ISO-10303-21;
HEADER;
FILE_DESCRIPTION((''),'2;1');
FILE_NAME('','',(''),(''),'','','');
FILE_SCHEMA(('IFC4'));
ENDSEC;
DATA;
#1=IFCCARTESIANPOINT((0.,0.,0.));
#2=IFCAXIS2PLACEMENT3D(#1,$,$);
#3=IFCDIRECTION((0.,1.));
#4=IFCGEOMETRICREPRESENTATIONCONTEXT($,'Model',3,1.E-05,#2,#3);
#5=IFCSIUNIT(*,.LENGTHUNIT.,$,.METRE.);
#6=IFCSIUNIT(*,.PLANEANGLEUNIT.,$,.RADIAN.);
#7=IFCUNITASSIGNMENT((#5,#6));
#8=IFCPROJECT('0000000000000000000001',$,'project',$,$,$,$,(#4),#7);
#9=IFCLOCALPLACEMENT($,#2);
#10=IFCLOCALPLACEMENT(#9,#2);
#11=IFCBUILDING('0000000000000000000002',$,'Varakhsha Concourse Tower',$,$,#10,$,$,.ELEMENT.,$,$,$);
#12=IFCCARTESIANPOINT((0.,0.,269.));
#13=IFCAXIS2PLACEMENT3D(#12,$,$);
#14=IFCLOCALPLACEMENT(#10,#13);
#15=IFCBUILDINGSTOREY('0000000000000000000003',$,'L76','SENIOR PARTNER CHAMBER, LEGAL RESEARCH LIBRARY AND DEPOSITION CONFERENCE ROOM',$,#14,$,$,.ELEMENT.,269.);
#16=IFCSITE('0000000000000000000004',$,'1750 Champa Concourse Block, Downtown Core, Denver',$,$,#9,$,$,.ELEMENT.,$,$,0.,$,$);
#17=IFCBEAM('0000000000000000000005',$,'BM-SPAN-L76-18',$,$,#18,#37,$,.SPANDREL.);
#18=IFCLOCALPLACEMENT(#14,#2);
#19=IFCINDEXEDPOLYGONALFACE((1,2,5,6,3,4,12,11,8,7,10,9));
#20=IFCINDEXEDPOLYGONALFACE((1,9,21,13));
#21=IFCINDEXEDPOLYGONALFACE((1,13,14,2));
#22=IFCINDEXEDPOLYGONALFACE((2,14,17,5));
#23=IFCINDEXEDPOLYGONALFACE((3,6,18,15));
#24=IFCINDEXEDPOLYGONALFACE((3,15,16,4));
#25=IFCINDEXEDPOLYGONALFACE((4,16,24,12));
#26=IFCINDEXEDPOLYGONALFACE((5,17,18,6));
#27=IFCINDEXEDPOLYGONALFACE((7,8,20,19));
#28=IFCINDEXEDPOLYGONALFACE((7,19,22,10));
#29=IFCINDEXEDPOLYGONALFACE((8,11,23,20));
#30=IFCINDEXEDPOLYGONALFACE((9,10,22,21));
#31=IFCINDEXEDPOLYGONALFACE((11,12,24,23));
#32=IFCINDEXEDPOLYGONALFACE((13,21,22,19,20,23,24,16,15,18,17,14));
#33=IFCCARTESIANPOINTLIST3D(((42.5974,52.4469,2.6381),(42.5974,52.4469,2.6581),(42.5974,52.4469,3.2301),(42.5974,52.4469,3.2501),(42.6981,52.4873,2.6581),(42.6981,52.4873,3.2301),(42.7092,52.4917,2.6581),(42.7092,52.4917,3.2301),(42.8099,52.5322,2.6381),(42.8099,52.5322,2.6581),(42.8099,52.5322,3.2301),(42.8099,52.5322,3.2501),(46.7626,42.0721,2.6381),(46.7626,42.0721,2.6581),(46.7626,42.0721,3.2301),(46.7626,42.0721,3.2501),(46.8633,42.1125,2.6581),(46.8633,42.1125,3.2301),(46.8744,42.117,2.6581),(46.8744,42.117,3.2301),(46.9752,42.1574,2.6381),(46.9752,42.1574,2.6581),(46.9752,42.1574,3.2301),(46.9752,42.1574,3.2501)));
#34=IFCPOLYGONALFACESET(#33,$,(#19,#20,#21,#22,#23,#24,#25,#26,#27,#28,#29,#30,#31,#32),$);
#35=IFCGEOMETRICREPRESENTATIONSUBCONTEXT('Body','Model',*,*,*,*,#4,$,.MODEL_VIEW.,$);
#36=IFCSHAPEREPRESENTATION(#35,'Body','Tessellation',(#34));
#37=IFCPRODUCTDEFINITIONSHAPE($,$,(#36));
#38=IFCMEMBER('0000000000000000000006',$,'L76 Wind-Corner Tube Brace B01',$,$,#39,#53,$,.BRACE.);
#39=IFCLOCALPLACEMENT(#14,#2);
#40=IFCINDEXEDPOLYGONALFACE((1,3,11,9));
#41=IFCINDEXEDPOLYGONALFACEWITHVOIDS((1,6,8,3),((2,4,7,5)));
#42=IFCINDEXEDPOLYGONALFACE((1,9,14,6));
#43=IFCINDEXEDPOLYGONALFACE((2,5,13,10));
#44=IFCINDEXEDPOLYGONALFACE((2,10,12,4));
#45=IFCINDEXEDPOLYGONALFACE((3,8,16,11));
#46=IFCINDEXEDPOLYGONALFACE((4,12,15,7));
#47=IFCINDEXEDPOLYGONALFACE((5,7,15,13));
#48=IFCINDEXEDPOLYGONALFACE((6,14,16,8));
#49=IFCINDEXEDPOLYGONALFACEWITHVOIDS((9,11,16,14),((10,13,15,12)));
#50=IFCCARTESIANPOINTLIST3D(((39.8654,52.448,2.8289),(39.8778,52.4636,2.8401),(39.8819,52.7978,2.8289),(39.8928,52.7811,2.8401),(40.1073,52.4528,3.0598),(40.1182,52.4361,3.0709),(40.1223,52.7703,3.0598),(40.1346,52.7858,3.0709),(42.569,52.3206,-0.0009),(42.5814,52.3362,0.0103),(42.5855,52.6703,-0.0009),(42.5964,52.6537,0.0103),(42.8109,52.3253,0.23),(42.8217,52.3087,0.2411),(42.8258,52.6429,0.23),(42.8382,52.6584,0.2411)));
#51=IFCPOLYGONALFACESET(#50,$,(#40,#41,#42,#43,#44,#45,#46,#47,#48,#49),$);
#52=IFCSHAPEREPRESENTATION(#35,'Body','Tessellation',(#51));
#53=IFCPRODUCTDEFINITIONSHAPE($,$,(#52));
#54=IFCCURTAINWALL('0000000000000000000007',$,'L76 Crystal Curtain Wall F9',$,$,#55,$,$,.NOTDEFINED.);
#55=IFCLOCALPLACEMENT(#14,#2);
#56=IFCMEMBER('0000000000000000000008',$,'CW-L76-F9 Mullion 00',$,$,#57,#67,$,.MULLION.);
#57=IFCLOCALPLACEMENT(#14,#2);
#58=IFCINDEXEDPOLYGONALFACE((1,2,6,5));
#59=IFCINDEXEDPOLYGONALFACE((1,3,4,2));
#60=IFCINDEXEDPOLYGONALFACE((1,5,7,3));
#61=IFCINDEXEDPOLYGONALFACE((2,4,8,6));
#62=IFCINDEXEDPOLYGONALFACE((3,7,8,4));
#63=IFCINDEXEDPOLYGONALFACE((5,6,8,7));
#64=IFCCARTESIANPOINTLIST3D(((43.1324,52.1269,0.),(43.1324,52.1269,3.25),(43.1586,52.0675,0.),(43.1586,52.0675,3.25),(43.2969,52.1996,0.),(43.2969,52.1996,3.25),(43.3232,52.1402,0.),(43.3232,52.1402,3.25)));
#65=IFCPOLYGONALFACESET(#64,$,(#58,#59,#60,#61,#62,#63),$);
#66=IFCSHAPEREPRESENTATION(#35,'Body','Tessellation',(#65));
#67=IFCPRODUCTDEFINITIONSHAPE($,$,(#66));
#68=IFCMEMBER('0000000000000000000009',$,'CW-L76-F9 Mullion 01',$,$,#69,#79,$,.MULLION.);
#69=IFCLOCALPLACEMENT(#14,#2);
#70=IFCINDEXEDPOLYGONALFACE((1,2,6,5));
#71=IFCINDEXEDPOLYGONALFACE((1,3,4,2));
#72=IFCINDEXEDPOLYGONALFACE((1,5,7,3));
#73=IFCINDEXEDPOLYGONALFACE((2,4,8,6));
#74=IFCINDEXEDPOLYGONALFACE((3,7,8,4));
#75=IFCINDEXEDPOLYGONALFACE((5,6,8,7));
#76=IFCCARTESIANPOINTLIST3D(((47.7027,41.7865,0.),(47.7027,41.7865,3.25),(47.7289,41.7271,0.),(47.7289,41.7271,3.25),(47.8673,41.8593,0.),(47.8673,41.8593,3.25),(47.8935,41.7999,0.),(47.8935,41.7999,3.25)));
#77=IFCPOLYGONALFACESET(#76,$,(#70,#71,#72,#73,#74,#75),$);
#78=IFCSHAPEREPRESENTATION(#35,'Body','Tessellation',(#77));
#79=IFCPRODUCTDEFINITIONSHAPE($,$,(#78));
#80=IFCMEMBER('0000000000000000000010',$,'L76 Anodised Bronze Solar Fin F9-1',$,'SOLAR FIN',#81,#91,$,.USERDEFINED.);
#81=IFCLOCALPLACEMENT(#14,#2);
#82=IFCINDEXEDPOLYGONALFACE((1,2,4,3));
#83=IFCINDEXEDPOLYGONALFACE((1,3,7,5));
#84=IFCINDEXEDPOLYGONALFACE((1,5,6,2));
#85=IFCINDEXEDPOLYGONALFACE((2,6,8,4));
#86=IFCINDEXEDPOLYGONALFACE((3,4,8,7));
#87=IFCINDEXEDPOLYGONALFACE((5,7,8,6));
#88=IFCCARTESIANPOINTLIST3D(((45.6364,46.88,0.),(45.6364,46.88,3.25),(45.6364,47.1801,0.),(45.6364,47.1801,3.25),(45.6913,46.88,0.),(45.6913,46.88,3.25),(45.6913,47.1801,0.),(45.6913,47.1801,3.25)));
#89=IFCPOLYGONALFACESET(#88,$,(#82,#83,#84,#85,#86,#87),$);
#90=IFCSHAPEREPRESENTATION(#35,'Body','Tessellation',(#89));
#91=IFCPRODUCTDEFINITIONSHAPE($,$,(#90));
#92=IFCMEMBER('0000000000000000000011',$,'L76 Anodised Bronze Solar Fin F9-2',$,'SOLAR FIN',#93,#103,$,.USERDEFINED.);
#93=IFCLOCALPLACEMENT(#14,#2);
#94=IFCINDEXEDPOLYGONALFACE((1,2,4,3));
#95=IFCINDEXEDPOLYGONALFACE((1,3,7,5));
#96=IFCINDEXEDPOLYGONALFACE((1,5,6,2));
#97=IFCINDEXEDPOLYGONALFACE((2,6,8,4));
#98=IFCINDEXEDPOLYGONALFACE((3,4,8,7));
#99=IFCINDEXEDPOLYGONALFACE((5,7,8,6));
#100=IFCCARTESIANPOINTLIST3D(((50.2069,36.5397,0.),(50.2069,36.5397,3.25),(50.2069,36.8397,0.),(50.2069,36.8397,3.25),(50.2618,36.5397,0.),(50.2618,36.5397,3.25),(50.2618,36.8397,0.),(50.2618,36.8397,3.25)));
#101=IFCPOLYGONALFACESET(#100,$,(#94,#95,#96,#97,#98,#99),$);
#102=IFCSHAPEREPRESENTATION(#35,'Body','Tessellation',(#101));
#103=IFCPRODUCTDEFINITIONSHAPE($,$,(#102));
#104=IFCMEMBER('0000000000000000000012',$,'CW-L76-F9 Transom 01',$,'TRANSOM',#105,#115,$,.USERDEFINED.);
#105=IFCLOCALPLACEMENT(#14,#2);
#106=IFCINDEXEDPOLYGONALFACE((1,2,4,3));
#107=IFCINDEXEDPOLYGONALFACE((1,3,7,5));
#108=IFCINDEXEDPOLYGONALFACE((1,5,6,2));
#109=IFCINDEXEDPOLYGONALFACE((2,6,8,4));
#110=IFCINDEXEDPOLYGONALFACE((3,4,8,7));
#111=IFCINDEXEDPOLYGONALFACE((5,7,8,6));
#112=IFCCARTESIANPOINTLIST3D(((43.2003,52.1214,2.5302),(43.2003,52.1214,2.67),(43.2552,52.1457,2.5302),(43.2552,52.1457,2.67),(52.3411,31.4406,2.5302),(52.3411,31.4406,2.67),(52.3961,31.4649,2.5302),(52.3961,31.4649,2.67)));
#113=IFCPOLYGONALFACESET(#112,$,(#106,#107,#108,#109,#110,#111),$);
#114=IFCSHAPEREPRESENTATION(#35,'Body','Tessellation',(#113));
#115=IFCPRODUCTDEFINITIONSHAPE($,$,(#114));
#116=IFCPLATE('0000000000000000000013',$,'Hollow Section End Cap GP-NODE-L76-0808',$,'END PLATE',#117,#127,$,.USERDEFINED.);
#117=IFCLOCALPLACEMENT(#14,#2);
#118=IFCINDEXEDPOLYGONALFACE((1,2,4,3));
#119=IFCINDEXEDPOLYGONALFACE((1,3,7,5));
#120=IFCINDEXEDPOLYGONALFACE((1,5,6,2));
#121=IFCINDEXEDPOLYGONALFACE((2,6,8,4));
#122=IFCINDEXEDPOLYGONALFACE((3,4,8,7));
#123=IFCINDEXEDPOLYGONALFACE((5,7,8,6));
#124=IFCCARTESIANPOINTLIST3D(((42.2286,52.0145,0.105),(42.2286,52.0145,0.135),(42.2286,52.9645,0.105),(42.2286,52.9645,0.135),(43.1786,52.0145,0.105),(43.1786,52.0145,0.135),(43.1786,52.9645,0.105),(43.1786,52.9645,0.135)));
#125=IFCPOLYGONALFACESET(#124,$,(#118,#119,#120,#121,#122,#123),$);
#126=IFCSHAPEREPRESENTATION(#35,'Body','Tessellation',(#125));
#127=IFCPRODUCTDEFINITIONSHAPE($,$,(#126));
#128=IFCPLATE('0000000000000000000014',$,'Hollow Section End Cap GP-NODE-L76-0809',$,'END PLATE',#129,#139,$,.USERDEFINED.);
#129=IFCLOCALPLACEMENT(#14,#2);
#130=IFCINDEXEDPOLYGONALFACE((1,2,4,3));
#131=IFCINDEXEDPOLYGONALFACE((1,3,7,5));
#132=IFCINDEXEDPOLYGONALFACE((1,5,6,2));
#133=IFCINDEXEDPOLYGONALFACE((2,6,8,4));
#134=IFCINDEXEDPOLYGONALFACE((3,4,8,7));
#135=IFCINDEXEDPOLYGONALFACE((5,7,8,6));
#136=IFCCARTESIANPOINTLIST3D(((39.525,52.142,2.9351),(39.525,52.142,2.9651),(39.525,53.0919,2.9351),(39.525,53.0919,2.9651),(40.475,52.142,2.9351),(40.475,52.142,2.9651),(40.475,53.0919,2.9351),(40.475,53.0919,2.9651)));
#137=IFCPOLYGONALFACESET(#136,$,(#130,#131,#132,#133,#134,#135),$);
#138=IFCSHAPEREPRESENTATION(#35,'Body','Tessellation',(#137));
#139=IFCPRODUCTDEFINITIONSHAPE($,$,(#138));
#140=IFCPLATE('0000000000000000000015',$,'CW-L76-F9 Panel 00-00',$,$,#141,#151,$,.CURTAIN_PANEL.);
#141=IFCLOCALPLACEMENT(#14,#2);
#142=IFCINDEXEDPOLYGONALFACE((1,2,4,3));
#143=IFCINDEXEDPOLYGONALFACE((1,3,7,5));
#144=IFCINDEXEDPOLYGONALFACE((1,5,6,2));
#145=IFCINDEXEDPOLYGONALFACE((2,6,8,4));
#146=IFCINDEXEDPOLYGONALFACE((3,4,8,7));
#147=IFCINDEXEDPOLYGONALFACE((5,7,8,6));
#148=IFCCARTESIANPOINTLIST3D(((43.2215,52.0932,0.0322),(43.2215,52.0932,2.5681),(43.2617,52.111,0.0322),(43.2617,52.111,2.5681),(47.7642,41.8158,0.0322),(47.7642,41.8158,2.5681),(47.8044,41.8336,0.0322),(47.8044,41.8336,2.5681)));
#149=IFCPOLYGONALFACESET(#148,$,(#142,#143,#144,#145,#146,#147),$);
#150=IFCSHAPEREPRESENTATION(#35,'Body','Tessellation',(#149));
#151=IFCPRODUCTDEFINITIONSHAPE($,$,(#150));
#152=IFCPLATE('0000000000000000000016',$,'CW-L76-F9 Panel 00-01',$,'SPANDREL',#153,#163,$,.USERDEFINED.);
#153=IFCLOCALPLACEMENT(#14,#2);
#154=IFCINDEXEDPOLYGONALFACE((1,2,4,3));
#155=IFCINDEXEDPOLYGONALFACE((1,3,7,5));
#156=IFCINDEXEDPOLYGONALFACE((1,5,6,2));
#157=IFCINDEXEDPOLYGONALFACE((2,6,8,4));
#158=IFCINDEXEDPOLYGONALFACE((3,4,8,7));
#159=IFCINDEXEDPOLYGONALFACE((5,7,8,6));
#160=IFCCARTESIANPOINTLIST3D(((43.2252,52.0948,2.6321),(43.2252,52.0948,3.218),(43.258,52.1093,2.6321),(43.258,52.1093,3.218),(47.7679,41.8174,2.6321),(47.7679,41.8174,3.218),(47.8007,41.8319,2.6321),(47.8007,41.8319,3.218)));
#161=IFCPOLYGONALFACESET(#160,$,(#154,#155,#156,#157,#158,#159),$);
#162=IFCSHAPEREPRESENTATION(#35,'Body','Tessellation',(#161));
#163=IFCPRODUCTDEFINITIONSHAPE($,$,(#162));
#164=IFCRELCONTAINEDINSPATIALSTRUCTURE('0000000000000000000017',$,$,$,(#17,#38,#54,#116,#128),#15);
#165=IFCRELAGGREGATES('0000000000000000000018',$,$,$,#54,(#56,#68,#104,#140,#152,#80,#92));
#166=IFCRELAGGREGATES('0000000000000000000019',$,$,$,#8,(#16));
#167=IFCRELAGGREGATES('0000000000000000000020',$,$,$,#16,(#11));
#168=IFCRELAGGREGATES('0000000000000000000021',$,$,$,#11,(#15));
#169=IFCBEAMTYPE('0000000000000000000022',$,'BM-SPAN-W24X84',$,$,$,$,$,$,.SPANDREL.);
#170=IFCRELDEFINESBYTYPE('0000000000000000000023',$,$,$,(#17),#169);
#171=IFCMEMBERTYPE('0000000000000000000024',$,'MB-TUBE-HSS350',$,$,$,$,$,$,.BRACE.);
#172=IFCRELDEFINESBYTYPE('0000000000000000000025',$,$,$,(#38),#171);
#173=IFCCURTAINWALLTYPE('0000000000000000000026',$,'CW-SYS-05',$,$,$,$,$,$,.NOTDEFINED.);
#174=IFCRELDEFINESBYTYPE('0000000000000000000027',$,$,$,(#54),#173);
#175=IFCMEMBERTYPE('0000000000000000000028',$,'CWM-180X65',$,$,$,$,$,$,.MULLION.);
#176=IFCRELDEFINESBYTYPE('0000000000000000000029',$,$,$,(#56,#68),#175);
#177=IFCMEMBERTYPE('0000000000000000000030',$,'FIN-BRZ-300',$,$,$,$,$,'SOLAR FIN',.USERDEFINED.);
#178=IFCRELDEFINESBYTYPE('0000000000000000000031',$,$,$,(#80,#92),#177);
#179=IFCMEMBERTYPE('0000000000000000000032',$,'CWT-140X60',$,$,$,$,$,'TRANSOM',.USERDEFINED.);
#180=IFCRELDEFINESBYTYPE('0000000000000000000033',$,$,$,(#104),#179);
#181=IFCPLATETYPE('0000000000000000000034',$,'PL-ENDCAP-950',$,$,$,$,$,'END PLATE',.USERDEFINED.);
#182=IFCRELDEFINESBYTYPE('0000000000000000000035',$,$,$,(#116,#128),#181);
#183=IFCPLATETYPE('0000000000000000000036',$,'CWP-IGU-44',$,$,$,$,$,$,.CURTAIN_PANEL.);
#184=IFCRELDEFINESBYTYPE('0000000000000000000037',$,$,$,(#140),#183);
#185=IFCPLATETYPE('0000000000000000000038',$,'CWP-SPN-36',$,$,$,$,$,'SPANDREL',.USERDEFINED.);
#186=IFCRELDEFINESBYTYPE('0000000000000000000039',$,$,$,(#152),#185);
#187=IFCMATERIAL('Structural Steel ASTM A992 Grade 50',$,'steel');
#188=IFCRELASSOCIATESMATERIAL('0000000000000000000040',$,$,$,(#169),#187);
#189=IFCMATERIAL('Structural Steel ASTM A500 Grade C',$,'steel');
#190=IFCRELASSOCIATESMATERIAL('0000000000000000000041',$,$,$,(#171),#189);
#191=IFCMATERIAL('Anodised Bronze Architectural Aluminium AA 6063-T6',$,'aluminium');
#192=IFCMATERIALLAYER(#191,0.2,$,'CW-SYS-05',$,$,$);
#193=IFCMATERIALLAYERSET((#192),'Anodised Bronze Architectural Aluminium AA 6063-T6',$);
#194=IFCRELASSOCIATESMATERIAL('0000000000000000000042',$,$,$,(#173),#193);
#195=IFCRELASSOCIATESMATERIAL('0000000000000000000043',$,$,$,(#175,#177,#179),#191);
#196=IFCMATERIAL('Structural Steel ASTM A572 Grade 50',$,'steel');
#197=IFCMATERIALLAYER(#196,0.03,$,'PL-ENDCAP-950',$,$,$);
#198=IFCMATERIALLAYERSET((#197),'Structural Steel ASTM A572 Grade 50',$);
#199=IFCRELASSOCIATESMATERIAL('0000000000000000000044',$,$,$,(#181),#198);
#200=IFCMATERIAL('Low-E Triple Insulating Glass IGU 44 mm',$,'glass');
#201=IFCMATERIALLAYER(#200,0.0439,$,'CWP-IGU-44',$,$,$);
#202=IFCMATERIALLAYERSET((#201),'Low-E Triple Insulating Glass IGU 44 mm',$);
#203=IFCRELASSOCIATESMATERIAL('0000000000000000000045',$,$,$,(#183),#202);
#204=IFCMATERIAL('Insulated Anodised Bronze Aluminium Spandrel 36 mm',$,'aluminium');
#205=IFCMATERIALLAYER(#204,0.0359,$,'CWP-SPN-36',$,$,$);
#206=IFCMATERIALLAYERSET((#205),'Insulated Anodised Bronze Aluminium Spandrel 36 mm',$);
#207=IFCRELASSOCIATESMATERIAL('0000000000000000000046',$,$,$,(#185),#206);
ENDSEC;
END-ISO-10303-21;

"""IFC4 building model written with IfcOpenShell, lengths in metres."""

from ifc_helpers import new_model, si_unit, direction, frame, origin, origin_2d, place, context, subcontext, project, spatial, rectangle, hollow_rectangle, i_section, extrude, source, transform, mapped, material, layer, layer_set, material_profile, profile_set, type_object, type_shapes, element, aggregate, save


model = new_model("IFC4")

# Units and contexts
model_context = context("Model", 3, precision=1e-05, world=origin(), true_north=direction((0.0, 1.0)))
body_context = subcontext(model_context, "Body", "Model", "MODEL_VIEW")
ifc_project = project(units=[si_unit("LENGTHUNIT", "METRE"), si_unit("PLANEANGLEUNIT", "RADIAN")], contexts=[model_context])

# Site, building, storey
site_placement = place(None, origin())
site = spatial("IfcSite", under=ifc_project, at=site_placement, Name="1750 Champa Concourse Block, Downtown Core, Denver", CompositionType="ELEMENT", RefElevation=0.0)
building_placement = place(site_placement, origin())
building = spatial("IfcBuilding", under=site, at=building_placement, Name="Varakhsha Concourse Tower", CompositionType="ELEMENT")
storey_placement = place(building_placement, frame((0.0, 0.0, 269.0)))
storey = spatial("IfcBuildingStorey", under=building, at=storey_placement, Name="L76", Description="SENIOR PARTNER CHAMBER, LEGAL RESEARCH LIBRARY AND DEPOSITION CONFERENCE ROOM", CompositionType="ELEMENT", Elevation=269.0)

# Shared definitions
ifc_material_1 = material(Name="Structural Steel ASTM A992 Grade 50", Category="steel")
ifc_material_2 = material(Name="Structural Steel ASTM A572 Grade 50", Category="steel")

# Beam
ifc_material_profile_1 = material_profile(ifc_material_1, i_section(OverallWidth=0.229, OverallDepth=0.6121, WebThickness=0.012, FlangeThickness=0.02, at=origin_2d()), Name="W24X84")
ifc_profile_set_1 = profile_set([ifc_material_profile_1], Name="Structural Steel ASTM A992 Grade 50")
beam_type_1 = type_object("IfcBeamType", Name="BM-SPAN-W24X84", PredefinedType="SPANDREL", material=ifc_profile_set_1)
beam_1_placement = place(storey_placement, frame((46.8689, 42.1147, 2.9441), z_axis=(-0.372576, 0.928002, 0.0), x_axis=(-0.928002, -0.372576, 0.0)))
element("IfcBeam", 1, at=beam_1_placement, inside=storey, type_object=beam_type_1, Name="BM-SPAN-L76-18", PredefinedType="SPANDREL", context=body_context, shape_type="SweptSolid", body=[
    extrude(i_section(OverallWidth=0.229, OverallDepth=0.6121, WebThickness=0.012, FlangeThickness=0.02, at=origin_2d()), origin(), (0.0, 0.0, 1.0), 11.1797),
])

# Member
ifc_material_3 = material(Name="Structural Steel ASTM A500 Grade C", Category="steel")
ifc_material_profile_2 = material_profile(ifc_material_3, hollow_rectangle(XDim=0.3501, YDim=0.3501, WallThickness=0.0161, at=origin_2d()), Name="HSS 350x350x16")
ifc_profile_set_2 = profile_set([ifc_material_profile_2], Name="Structural Steel ASTM A500 Grade C")
member_type_1 = type_object("IfcMemberType", Name="MB-TUBE-HSS350", PredefinedType="BRACE", material=ifc_profile_set_2)
shared_shape_1 = source(origin(), body_context, "Body", "SweptSolid", [
    extrude(hollow_rectangle(XDim=0.3501, YDim=0.3501, WallThickness=0.0161, at=origin_2d()), origin(), (0.0, 0.0, 1.0), 3.9158),
])
type_shapes(member_type_1, [shared_shape_1])
member_1_placement = place(storey_placement, frame((42.7036, 52.4895, 0.1201), z_axis=(-0.690432, 0.032545, 0.722665), x_axis=(-0.047085, -0.998891, 0.0)))
element("IfcMember", 2, at=member_1_placement, inside=storey, type_object=member_type_1, Name="L76 Wind-Corner Tube Brace B01", PredefinedType="BRACE", context=body_context, shape_type="MappedRepresentation", body=[
    mapped(shared_shape_1, transform((0.0, 0.0, 0.0), scale=1.0)),
])

# Curtain wall, members
ifc_material_4 = material(Name="Anodised Bronze Architectural Aluminium AA 6063-T6", Category="aluminium")
ifc_layer_1 = layer(ifc_material_4, 0.2, Name="CW-SYS-05")
ifc_layer_set_1 = layer_set([ifc_layer_1], Name="Anodised Bronze Architectural Aluminium AA 6063-T6")
curtain_wall_type = type_object("IfcCurtainWallType", Name="CW-SYS-05", PredefinedType="NOTDEFINED", material=ifc_layer_set_1)
curtain_wall_placement = place(storey_placement, origin())
curtain_wall = element("IfcCurtainWall", 3, at=curtain_wall_placement, inside=storey, type_object=curtain_wall_type, Name="L76 Crystal Curtain Wall F9", PredefinedType="NOTDEFINED")
ifc_material_profile_3 = material_profile(ifc_material_4, rectangle(XDim=0.0649, YDim=0.1799, at=origin_2d()), Name="CWM-180X65")
ifc_profile_set_3 = profile_set([ifc_material_profile_3], Name="Anodised Bronze Architectural Aluminium AA 6063-T6")
member_type_2 = type_object("IfcMemberType", Name="CWM-180X65", PredefinedType="MULLION", material=ifc_profile_set_3)
shared_shape_2 = source(origin(), body_context, "Body", "SweptSolid", [
    extrude(rectangle(XDim=0.0649, YDim=0.1799, at=origin_2d()), origin(), (0.0, 0.0, 1.0), 3.25),
])
type_shapes(member_type_2, [shared_shape_2])
member_2_placement = place(storey_placement, frame((43.2278, 52.1335, 0.0), z_axis=(0.0, 0.0, 1.0), x_axis=(0.404273, -0.914638, 0.0)))
member_2 = element("IfcMember", 4, at=member_2_placement, type_object=member_type_2, Name="CW-L76-F9 Mullion 00", PredefinedType="MULLION", context=body_context, shape_type="MappedRepresentation", body=[
    mapped(shared_shape_2, transform((0.0, 0.0, 0.0), scale=1.0)),
])
member_3_placement = place(storey_placement, frame((47.7981, 41.7932, 0.0), z_axis=(0.0, 0.0, 1.0), x_axis=(0.404273, -0.914638, 0.0)))
member_3 = element("IfcMember", 5, at=member_3_placement, type_object=member_type_2, Name="CW-L76-F9 Mullion 01", PredefinedType="MULLION", context=body_context, shape_type="MappedRepresentation", body=[
    mapped(shared_shape_2, transform((0.0, 0.0, 0.0), scale=1.0)),
])
ifc_material_profile_4 = material_profile(ifc_material_4, rectangle(XDim=0.0549, YDim=0.3, at=origin_2d()), Name="FIN-BRZ-300")
ifc_profile_set_4 = profile_set([ifc_material_profile_4], Name="Anodised Bronze Architectural Aluminium AA 6063-T6")
member_type_3 = type_object("IfcMemberType", Name="FIN-BRZ-300", ElementType="SOLAR FIN", PredefinedType="USERDEFINED", material=ifc_profile_set_4)
shared_shape_3 = source(origin(), body_context, "Body", "SweptSolid", [
    extrude(rectangle(XDim=0.0549, YDim=0.3, at=origin_2d()), origin(), (0.0, 0.0, 1.0), 3.25),
])
type_shapes(member_type_3, [shared_shape_3])
member_4_placement = place(storey_placement, frame((45.6638, 47.03, 0.0), z_axis=(0.0, 0.0, 1.0), x_axis=(1.0, 0.0, 0.0)))
member_4 = element("IfcMember", 6, at=member_4_placement, type_object=member_type_3, Name="L76 Anodised Bronze Solar Fin F9-1", ObjectType="SOLAR FIN", PredefinedType="USERDEFINED", context=body_context, shape_type="MappedRepresentation", body=[
    mapped(shared_shape_3, transform((0.0, 0.0, 0.0), scale=1.0)),
])
member_5_placement = place(storey_placement, frame((50.2344, 36.6897, 0.0), z_axis=(0.0, 0.0, 1.0), x_axis=(1.0, 0.0, 0.0)))
member_5 = element("IfcMember", 7, at=member_5_placement, type_object=member_type_3, Name="L76 Anodised Bronze Solar Fin F9-2", ObjectType="SOLAR FIN", PredefinedType="USERDEFINED", context=body_context, shape_type="MappedRepresentation", body=[
    mapped(shared_shape_3, transform((0.0, 0.0, 0.0), scale=1.0)),
])
ifc_material_profile_5 = material_profile(ifc_material_4, rectangle(XDim=0.0601, YDim=0.1399, at=origin_2d()), Name="CWT-140X60")
ifc_profile_set_5 = profile_set([ifc_material_profile_5], Name="Anodised Bronze Architectural Aluminium AA 6063-T6")
member_type_4 = type_object("IfcMemberType", Name="CWT-140X60", ElementType="TRANSOM", PredefinedType="USERDEFINED", material=ifc_profile_set_5)
shared_shape_4 = source(origin(), body_context, "Body", "SweptSolid", [
    extrude(rectangle(XDim=0.0601, YDim=0.1399, at=origin_2d()), origin(), (0.0, 0.0, 1.0), 22.6108),
])
type_shapes(member_type_4, [shared_shape_4])
member_6_placement = place(storey_placement, frame((43.2278, 52.1335, 2.6001), z_axis=(0.404267, -0.914641, 0.0), x_axis=(0.914641, 0.404267, 0.0)))
member_6 = element("IfcMember", 8, at=member_6_placement, type_object=member_type_4, Name="CW-L76-F9 Transom 01", ObjectType="TRANSOM", PredefinedType="USERDEFINED", context=body_context, shape_type="MappedRepresentation", body=[
    mapped(shared_shape_4, transform((0.0, 0.0, 0.0), scale=1.0)),
])

# Plates
ifc_layer_2 = layer(ifc_material_2, 0.03, Name="PL-ENDCAP-950")
ifc_layer_set_2 = layer_set([ifc_layer_2], Name="Structural Steel ASTM A572 Grade 50")
plate_type_1 = type_object("IfcPlateType", Name="PL-ENDCAP-950", ElementType="END PLATE", PredefinedType="USERDEFINED", material=ifc_layer_set_2)
shared_shape_5 = source(origin(), body_context, "Body", "SweptSolid", [
    extrude(rectangle(XDim=0.95, YDim=0.95, at=origin_2d()), origin(), (0.0, 0.0, 1.0), 0.03),
])
type_shapes(plate_type_1, [shared_shape_5])
for number, where, z_axis, x_axis, name in (
    (9, (42.7036, 52.4895, 0.105), (0.0, 0.0, 1.0), (1.0, 0.0, 0.0), "Hollow Section End Cap GP-NODE-L76-0808"),
    (10, (40.0, 52.6169, 2.9351), (0.0, 0.0, 1.0), (1.0, 0.0, 0.0), "Hollow Section End Cap GP-NODE-L76-0809"),
):
    element("IfcPlate", number, at=place(storey_placement, frame(where, z_axis=z_axis, x_axis=x_axis)), inside=storey, type_object=plate_type_1, Name=name, ObjectType="END PLATE", PredefinedType="USERDEFINED", context=body_context, shape_type="MappedRepresentation", body=[
        mapped(shared_shape_5, transform((0.0, 0.0, 0.0), scale=1.0)),
    ])

# Plates
ifc_material_5 = material(Name="Low-E Triple Insulating Glass IGU 44 mm", Category="glass")
ifc_layer_3 = layer(ifc_material_5, 0.0439, Name="CWP-IGU-44")
ifc_layer_set_3 = layer_set([ifc_layer_3], Name="Low-E Triple Insulating Glass IGU 44 mm")
plate_type_2 = type_object("IfcPlateType", Name="CWP-IGU-44", PredefinedType="CURTAIN_PANEL", material=ifc_layer_set_3)
shared_shape_6 = source(origin(), body_context, "Body", "SweptSolid", [
    extrude(rectangle(XDim=11.2366, YDim=0.0439, at=origin_2d()), origin(), (0.0, 0.0, 1.0), 2.5359),
])
plate_1_placement = place(storey_placement, frame((45.5129, 46.9634, 0.0322), z_axis=(0.0, 0.0, 1.0), x_axis=(0.404273, -0.914638, 0.0)))
plate_1 = element("IfcPlate", 11, at=plate_1_placement, type_object=plate_type_2, Name="CW-L76-F9 Panel 00-00", PredefinedType="CURTAIN_PANEL", context=body_context, shape_type="MappedRepresentation", body=[
    mapped(shared_shape_6, transform((0.0, 0.0, 0.0), scale=1.0)),
])
ifc_material_6 = material(Name="Insulated Anodised Bronze Aluminium Spandrel 36 mm", Category="aluminium")
ifc_layer_4 = layer(ifc_material_6, 0.0359, Name="CWP-SPN-36")
ifc_layer_set_4 = layer_set([ifc_layer_4], Name="Insulated Anodised Bronze Aluminium Spandrel 36 mm")
plate_type_3 = type_object("IfcPlateType", Name="CWP-SPN-36", ElementType="SPANDREL", PredefinedType="USERDEFINED", material=ifc_layer_set_4)
shared_shape_7 = source(origin(), body_context, "Body", "SweptSolid", [
    extrude(rectangle(XDim=11.2366, YDim=0.0359, at=origin_2d()), origin(), (0.0, 0.0, 1.0), 0.5859),
])
plate_2_placement = place(storey_placement, frame((45.5129, 46.9634, 2.6321), z_axis=(0.0, 0.0, 1.0), x_axis=(0.404273, -0.914638, 0.0)))
plate_2 = element("IfcPlate", 12, at=plate_2_placement, type_object=plate_type_3, Name="CW-L76-F9 Panel 00-01", ObjectType="SPANDREL", PredefinedType="USERDEFINED", context=body_context, shape_type="MappedRepresentation", body=[
    mapped(shared_shape_7, transform((0.0, 0.0, 0.0), scale=1.0)),
])
aggregate(curtain_wall, [member_2, member_3, member_6, plate_1, plate_2, member_4, member_5])

save(model, "model.ifc")
